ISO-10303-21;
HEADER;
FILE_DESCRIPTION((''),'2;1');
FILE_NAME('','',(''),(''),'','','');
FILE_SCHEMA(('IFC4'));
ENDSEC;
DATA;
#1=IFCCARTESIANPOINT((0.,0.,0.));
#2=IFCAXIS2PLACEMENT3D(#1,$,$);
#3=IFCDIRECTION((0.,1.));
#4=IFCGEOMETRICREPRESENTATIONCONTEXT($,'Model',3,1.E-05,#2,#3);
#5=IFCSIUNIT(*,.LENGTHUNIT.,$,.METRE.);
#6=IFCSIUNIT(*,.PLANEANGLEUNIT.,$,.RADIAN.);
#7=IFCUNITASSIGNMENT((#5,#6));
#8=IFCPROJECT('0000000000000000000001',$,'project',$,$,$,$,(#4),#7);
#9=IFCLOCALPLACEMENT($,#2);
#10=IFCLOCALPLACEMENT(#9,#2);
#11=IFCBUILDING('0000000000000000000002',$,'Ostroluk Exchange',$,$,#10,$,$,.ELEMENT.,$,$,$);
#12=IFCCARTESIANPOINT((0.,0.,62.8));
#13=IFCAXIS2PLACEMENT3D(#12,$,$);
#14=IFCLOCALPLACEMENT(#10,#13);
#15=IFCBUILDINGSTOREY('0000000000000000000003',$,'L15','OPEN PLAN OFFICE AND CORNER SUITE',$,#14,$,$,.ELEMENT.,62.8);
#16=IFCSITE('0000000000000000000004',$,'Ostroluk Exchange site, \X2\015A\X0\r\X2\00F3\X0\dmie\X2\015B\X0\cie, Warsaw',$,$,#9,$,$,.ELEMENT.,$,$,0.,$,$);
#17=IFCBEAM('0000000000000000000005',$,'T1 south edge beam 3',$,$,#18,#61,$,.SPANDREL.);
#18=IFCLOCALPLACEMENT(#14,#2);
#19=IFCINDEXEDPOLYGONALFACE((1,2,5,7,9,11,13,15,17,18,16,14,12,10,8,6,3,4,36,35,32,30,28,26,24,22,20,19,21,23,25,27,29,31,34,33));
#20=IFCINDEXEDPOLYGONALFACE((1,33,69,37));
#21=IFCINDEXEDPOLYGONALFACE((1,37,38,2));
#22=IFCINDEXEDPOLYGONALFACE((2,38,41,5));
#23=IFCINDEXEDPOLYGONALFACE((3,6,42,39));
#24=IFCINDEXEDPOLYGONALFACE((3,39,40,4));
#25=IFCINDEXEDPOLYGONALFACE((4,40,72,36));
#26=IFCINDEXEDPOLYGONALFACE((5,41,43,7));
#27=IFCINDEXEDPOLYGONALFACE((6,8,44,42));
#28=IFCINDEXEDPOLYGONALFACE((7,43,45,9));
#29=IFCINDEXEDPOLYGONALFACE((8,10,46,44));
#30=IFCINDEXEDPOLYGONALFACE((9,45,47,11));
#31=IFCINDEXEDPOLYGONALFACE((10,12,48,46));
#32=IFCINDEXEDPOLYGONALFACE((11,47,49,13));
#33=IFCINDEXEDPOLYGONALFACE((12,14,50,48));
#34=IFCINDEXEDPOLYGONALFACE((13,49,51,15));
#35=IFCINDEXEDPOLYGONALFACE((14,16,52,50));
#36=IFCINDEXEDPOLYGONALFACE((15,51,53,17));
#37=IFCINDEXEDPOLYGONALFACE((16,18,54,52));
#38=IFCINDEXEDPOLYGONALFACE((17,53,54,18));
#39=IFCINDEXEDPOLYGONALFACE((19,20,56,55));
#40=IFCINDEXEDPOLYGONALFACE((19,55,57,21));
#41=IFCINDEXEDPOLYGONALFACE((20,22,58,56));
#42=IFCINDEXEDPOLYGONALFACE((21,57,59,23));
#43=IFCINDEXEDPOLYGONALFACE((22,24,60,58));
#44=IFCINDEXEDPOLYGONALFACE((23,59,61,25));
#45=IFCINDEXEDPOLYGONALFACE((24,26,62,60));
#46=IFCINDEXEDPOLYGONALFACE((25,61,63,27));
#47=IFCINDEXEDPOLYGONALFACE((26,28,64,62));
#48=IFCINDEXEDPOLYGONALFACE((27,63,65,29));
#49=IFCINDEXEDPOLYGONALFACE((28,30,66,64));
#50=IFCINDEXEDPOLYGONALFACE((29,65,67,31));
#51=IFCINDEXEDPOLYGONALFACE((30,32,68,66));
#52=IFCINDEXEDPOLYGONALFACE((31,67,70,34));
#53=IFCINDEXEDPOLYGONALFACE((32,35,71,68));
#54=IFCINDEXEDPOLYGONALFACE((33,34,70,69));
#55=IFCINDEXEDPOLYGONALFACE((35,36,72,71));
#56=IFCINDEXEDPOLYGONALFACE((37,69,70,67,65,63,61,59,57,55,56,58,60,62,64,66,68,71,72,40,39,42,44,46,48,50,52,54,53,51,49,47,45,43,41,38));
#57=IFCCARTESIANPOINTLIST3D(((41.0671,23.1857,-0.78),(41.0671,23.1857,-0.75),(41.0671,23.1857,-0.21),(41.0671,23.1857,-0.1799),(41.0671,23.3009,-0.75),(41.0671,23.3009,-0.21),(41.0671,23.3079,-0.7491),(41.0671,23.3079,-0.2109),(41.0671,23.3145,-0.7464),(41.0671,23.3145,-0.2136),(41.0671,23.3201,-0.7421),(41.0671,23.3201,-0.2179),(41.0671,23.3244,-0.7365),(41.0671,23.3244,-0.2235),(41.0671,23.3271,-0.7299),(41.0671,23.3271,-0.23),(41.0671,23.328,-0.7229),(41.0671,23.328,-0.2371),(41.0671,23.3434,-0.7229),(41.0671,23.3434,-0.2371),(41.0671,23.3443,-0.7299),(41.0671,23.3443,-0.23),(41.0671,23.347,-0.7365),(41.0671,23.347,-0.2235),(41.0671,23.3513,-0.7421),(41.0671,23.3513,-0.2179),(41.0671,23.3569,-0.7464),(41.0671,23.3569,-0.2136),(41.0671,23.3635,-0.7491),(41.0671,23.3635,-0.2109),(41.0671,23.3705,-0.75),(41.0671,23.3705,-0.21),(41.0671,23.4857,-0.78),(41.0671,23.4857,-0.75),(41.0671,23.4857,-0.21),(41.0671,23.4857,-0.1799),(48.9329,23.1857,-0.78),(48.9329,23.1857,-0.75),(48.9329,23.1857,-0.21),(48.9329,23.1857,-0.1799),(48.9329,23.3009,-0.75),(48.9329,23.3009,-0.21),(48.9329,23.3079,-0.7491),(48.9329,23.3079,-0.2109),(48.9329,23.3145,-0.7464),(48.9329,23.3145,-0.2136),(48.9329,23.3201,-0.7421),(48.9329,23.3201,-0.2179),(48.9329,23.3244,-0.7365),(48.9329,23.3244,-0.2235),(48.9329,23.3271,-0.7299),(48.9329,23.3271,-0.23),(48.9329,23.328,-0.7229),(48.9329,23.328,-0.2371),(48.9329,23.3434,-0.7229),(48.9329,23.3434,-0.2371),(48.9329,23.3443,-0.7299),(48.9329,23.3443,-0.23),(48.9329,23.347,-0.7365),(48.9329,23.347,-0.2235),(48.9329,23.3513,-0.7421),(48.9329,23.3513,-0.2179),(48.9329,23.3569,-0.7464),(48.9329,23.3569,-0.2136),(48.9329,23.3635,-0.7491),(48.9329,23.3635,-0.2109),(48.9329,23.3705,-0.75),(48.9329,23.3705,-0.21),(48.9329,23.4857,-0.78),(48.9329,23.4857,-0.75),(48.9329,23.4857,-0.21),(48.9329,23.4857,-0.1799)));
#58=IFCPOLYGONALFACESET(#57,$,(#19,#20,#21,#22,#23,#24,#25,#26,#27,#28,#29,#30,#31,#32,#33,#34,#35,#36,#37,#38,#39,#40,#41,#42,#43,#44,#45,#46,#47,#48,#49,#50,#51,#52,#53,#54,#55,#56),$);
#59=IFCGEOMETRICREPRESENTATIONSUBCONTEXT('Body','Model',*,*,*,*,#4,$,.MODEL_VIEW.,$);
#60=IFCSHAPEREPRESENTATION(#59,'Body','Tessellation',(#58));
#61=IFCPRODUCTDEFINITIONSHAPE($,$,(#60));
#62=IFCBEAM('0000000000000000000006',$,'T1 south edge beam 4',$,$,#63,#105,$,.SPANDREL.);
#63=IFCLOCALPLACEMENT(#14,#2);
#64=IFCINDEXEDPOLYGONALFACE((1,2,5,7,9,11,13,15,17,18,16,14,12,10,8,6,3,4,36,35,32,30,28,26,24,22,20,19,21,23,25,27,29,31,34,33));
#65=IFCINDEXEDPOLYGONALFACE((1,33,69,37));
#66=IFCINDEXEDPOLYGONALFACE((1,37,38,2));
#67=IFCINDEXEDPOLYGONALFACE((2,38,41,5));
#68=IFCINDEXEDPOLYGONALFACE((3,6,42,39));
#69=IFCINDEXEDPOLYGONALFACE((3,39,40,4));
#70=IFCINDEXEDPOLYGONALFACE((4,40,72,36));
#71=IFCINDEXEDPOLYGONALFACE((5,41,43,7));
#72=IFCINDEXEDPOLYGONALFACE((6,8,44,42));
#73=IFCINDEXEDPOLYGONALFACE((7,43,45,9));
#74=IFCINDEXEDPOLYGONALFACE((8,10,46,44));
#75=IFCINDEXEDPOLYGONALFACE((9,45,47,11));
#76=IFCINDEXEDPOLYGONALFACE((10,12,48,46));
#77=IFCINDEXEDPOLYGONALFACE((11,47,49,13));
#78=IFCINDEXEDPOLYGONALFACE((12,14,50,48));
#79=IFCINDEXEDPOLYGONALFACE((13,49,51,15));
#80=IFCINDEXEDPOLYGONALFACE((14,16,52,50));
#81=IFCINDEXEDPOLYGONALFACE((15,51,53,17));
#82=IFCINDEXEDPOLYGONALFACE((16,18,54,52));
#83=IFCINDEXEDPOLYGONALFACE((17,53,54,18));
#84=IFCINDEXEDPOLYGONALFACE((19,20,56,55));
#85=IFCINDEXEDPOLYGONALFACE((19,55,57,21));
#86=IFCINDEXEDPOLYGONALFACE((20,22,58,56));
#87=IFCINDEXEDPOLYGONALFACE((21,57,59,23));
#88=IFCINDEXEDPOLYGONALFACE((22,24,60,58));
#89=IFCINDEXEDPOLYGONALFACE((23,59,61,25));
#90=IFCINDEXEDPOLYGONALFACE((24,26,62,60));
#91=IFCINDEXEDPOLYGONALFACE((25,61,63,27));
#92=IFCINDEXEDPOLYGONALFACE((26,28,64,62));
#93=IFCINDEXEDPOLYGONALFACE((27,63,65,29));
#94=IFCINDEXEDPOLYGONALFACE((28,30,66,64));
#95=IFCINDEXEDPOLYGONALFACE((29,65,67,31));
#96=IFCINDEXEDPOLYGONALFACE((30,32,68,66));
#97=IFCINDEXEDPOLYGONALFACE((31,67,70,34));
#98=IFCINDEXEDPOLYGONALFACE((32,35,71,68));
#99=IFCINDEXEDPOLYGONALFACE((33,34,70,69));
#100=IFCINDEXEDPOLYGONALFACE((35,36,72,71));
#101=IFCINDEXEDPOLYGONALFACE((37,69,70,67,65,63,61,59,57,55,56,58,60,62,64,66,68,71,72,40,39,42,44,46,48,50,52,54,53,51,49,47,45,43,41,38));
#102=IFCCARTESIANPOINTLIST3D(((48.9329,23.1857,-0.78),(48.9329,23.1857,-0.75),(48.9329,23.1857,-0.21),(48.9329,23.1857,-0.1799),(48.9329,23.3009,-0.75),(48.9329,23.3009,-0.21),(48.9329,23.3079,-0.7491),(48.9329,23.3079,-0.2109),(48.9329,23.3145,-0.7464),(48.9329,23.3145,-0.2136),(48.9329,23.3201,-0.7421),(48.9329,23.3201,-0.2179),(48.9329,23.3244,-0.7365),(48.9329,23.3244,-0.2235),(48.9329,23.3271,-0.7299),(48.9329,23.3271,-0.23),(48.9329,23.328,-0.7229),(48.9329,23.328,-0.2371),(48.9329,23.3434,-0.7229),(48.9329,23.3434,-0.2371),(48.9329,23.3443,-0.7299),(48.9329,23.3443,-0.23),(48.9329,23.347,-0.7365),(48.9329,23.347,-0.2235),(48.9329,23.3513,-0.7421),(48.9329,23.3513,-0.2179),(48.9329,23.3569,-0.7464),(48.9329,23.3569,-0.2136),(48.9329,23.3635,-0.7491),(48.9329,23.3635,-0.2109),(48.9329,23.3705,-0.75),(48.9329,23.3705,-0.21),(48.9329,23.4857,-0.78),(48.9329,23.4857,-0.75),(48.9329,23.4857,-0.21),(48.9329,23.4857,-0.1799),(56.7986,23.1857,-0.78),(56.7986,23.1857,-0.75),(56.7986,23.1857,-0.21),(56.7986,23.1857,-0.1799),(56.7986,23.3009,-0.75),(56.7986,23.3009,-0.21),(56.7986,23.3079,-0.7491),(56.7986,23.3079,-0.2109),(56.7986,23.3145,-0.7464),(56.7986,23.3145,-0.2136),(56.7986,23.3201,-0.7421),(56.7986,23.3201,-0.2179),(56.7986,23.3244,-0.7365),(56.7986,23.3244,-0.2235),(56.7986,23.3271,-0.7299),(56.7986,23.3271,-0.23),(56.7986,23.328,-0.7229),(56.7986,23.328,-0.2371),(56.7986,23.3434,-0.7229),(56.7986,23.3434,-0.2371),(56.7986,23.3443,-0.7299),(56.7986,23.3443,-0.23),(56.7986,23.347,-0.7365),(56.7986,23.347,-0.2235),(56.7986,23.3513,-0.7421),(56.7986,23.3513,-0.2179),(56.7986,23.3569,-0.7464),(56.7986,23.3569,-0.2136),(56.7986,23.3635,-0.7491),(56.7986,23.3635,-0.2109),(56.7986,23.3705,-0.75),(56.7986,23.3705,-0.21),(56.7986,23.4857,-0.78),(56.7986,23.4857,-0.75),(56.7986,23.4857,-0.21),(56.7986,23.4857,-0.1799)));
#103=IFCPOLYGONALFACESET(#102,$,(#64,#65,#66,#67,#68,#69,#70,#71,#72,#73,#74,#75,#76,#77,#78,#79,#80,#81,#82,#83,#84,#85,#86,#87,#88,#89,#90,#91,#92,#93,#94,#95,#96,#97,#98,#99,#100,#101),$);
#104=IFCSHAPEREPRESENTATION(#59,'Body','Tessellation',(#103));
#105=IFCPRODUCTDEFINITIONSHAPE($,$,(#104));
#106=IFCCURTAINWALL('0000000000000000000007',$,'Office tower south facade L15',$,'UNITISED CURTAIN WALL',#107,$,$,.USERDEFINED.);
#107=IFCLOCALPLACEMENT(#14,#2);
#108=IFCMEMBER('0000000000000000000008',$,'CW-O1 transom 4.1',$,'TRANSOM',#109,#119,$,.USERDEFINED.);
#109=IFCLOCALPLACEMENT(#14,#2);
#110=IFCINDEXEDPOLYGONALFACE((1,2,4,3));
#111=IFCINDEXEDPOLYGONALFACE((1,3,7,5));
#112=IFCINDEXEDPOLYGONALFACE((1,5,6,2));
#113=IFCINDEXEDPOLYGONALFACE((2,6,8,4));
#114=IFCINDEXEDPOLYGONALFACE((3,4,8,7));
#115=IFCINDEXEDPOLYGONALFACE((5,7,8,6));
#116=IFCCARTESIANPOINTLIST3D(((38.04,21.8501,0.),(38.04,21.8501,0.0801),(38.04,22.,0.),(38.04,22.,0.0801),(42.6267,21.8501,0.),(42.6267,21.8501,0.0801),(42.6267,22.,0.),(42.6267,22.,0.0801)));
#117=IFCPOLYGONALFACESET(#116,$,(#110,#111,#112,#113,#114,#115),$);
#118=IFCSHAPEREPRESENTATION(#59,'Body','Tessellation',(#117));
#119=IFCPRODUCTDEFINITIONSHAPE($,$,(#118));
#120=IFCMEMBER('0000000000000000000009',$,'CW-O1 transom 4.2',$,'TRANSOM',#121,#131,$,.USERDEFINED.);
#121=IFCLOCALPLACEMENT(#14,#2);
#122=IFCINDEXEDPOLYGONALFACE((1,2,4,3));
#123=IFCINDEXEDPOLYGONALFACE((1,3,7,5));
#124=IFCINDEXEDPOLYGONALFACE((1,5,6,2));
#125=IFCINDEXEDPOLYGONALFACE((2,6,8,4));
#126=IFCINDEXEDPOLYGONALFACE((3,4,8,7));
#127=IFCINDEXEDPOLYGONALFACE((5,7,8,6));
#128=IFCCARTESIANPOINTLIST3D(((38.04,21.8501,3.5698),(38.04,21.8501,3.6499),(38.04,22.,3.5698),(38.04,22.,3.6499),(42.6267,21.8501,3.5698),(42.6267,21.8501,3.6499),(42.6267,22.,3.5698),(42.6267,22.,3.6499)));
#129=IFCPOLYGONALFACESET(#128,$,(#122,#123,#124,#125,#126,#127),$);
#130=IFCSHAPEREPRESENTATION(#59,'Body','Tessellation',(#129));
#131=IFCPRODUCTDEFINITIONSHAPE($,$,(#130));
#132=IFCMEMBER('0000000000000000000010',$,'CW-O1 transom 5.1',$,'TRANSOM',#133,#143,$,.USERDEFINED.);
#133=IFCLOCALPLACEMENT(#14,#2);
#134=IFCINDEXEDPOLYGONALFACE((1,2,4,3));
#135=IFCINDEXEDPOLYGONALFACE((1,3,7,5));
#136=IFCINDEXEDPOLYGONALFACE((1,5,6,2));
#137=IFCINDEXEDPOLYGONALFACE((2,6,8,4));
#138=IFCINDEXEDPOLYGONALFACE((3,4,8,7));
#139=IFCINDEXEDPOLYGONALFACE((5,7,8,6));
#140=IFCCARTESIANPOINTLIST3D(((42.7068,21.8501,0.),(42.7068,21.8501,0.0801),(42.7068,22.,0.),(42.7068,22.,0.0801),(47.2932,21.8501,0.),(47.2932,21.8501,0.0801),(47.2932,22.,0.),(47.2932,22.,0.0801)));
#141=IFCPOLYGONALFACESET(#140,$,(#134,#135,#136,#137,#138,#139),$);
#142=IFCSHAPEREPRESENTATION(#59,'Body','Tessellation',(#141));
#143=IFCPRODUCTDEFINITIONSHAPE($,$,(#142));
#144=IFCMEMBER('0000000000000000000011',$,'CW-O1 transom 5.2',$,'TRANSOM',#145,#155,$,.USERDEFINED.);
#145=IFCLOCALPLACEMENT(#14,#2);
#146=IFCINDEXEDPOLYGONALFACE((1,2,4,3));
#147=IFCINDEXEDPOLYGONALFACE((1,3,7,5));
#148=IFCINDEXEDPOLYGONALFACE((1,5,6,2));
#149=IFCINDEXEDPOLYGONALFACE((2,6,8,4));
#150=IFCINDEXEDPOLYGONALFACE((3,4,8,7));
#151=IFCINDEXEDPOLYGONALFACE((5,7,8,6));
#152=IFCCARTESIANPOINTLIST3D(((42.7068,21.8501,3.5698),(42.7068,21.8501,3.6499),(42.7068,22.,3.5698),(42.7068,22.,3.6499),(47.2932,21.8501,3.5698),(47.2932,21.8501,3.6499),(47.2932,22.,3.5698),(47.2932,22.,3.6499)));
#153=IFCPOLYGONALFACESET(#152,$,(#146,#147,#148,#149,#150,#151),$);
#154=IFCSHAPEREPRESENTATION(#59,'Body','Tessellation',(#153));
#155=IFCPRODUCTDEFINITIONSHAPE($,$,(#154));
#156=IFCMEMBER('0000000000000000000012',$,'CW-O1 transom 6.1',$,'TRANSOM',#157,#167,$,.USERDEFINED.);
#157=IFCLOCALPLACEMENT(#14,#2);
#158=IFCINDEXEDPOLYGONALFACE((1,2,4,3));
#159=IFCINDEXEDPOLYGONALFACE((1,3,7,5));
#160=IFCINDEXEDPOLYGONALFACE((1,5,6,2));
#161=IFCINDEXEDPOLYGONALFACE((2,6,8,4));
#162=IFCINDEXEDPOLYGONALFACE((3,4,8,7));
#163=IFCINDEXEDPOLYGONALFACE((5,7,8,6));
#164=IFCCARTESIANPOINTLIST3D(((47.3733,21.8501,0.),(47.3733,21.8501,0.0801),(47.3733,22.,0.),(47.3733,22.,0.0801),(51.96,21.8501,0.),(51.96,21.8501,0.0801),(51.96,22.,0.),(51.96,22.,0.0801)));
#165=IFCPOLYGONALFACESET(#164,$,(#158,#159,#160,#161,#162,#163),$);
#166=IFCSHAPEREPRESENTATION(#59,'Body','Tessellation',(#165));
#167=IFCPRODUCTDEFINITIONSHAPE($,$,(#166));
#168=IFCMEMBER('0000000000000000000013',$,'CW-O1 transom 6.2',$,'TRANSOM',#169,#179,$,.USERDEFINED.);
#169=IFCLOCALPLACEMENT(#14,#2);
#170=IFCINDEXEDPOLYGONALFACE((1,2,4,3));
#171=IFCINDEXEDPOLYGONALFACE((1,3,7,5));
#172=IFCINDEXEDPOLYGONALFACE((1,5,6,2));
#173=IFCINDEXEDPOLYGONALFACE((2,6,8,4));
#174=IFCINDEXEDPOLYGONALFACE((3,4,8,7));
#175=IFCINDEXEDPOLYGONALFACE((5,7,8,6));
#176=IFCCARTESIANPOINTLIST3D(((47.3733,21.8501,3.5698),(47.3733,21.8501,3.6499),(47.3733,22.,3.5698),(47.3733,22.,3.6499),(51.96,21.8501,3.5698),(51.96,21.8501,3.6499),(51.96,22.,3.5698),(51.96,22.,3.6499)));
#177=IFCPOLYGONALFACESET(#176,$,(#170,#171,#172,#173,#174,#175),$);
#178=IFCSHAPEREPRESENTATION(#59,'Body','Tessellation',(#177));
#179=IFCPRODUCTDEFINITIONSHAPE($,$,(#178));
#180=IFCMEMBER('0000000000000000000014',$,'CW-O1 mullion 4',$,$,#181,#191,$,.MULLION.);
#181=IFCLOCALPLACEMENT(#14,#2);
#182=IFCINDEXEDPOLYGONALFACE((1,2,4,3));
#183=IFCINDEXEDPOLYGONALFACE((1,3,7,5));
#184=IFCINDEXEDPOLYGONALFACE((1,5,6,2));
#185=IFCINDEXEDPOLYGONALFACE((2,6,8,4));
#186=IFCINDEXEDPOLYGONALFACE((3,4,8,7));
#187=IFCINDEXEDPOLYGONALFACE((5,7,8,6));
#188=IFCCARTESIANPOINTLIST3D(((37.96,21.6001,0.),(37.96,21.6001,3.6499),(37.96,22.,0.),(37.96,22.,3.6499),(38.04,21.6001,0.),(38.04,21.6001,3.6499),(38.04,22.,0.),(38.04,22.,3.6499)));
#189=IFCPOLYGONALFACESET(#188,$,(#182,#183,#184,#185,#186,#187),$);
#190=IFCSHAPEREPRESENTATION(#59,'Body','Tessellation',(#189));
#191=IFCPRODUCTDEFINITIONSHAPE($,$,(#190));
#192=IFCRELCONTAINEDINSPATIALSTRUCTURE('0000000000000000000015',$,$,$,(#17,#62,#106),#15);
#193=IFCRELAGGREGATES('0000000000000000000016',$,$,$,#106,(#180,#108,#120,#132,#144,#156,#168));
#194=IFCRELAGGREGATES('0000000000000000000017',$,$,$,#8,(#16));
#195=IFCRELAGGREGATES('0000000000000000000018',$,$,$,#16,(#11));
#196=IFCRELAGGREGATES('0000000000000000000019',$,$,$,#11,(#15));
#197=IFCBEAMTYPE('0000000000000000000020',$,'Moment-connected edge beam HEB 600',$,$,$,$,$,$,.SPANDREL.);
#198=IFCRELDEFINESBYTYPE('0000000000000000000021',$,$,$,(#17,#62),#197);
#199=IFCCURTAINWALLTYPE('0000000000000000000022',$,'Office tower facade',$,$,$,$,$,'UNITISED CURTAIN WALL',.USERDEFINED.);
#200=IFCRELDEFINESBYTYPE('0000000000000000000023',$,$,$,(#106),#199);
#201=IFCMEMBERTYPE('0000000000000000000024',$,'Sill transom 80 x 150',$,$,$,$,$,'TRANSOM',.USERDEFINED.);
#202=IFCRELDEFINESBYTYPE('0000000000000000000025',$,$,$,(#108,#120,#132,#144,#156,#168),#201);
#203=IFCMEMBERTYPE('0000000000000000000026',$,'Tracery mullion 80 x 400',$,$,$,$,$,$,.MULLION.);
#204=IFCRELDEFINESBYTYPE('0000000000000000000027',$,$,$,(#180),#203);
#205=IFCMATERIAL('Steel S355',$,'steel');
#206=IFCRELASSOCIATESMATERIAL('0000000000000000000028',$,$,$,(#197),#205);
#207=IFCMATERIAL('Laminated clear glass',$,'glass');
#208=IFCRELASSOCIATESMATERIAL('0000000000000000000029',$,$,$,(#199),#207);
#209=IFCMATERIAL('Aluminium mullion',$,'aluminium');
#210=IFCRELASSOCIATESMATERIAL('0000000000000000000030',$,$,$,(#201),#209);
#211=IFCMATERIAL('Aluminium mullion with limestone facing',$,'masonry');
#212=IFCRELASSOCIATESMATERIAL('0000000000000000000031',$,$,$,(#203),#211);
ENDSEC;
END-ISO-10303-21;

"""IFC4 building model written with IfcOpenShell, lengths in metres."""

from ifc_helpers import new_model, si_unit, direction, frame, origin, origin_2d, place, context, subcontext, project, spatial, rectangle, i_section, extrude, material, material_profile, profile_set, type_object, element, aggregate, save


model = new_model("IFC4")

# Units and contexts
model_context = context("Model", 3, precision=1e-05, world=origin(), true_north=direction((0.0, 1.0)))
body_context = subcontext(model_context, "Body", "Model", "MODEL_VIEW")
ifc_project = project(units=[si_unit("LENGTHUNIT", "METRE"), si_unit("PLANEANGLEUNIT", "RADIAN")], contexts=[model_context])

# Site, building, storey
site_placement = place(None, origin())
site = spatial("IfcSite", under=ifc_project, at=site_placement, Name="Ostroluk Exchange site, Śródmieście, Warsaw", CompositionType="ELEMENT", RefElevation=0.0)
building_placement = place(site_placement, origin())
building = spatial("IfcBuilding", under=site, at=building_placement, Name="Ostroluk Exchange", CompositionType="ELEMENT")
storey_placement = place(building_placement, frame((0.0, 0.0, 62.8)))
storey = spatial("IfcBuildingStorey", under=building, at=storey_placement, Name="L15", Description="OPEN PLAN OFFICE AND CORNER SUITE", CompositionType="ELEMENT", Elevation=62.8)

# Beams
ifc_material_1 = material(Name="Steel S355", Category="steel")
ifc_material_profile_1 = material_profile(ifc_material_1, i_section(OverallWidth=0.3, OverallDepth=0.6001, WebThickness=0.0154, FlangeThickness=0.03, FilletRadius=0.0271, at=origin_2d()), Name="HEB 600")
ifc_profile_set_1 = profile_set([ifc_material_profile_1], Name="Steel S355")
beam_type = type_object("IfcBeamType", Name="Moment-connected edge beam HEB 600", PredefinedType="SPANDREL", material=ifc_profile_set_1)
for number, where, z_axis, x_axis, name in (
    (1, (41.0671, 23.3357, -0.48), (1.0, 0.0, 0.0), (0.0, 1.0, 0.0), "T1 south edge beam 3"),
    (2, (48.9329, 23.3357, -0.48), (1.0, 0.0, 0.0), (0.0, 1.0, 0.0), "T1 south edge beam 4"),
):
    element("IfcBeam", number, at=place(storey_placement, frame(where, z_axis=z_axis, x_axis=x_axis)), inside=storey, type_object=beam_type, Name=name, PredefinedType="SPANDREL", context=body_context, shape_type="SweptSolid", body=[
        extrude(i_section(OverallWidth=0.3, OverallDepth=0.6001, WebThickness=0.0154, FlangeThickness=0.03, FilletRadius=0.0271, at=origin_2d()), origin(), (0.0, 0.0, 1.0), 7.8657),
    ])

# Curtain wall, members
ifc_material_2 = material(Name="Laminated clear glass", Category="glass")
curtain_wall_type = type_object("IfcCurtainWallType", Name="Office tower facade", ElementType="UNITISED CURTAIN WALL", PredefinedType="USERDEFINED", material=ifc_material_2)
curtain_wall_placement = place(storey_placement, origin())
curtain_wall = element("IfcCurtainWall", 3, at=curtain_wall_placement, inside=storey, type_object=curtain_wall_type, Name="Office tower south facade L15", ObjectType="UNITISED CURTAIN WALL", PredefinedType="USERDEFINED")
ifc_material_3 = material(Name="Aluminium mullion", Category="aluminium")
ifc_material_profile_2 = material_profile(ifc_material_3, rectangle(XDim=0.1499, YDim=0.0801, at=origin_2d()), Name="Sill transom 80 x 150")
ifc_profile_set_2 = profile_set([ifc_material_profile_2], Name="Aluminium mullion")
member_type_1 = type_object("IfcMemberType", Name="Sill transom 80 x 150", ElementType="TRANSOM", PredefinedType="USERDEFINED", material=ifc_profile_set_2)
member_1_placement = place(storey_placement, frame((38.04, 21.925, 0.04), z_axis=(1.0, 0.0, 0.0), x_axis=(0.0, 1.0, 0.0)))
member_1 = element("IfcMember", 4, at=member_1_placement, type_object=member_type_1, Name="CW-O1 transom 4.1", ObjectType="TRANSOM", PredefinedType="USERDEFINED", context=body_context, shape_type="SweptSolid", body=[
    extrude(rectangle(XDim=0.1499, YDim=0.0801, at=origin_2d()), origin(), (0.0, 0.0, 1.0), 4.5867),
])
member_2_placement = place(storey_placement, frame((38.04, 21.925, 3.6099), z_axis=(1.0, 0.0, 0.0), x_axis=(0.0, 1.0, 0.0)))
member_2 = element("IfcMember", 5, at=member_2_placement, type_object=member_type_1, Name="CW-O1 transom 4.2", ObjectType="TRANSOM", PredefinedType="USERDEFINED", context=body_context, shape_type="SweptSolid", body=[
    extrude(rectangle(XDim=0.1499, YDim=0.0801, at=origin_2d()), origin(), (0.0, 0.0, 1.0), 4.5867),
])
member_3_placement = place(storey_placement, frame((42.7068, 21.925, 0.04), z_axis=(1.0, 0.0, 0.0), x_axis=(0.0, 1.0, 0.0)))
member_3 = element("IfcMember", 6, at=member_3_placement, type_object=member_type_1, Name="CW-O1 transom 5.1", ObjectType="TRANSOM", PredefinedType="USERDEFINED", context=body_context, shape_type="SweptSolid", body=[
    extrude(rectangle(XDim=0.1499, YDim=0.0801, at=origin_2d()), origin(), (0.0, 0.0, 1.0), 4.5864),
])
member_4_placement = place(storey_placement, frame((42.7068, 21.925, 3.6099), z_axis=(1.0, 0.0, 0.0), x_axis=(0.0, 1.0, 0.0)))
member_4 = element("IfcMember", 7, at=member_4_placement, type_object=member_type_1, Name="CW-O1 transom 5.2", ObjectType="TRANSOM", PredefinedType="USERDEFINED", context=body_context, shape_type="SweptSolid", body=[
    extrude(rectangle(XDim=0.1499, YDim=0.0801, at=origin_2d()), origin(), (0.0, 0.0, 1.0), 4.5864),
])
member_5_placement = place(storey_placement, frame((47.3733, 21.925, 0.04), z_axis=(1.0, 0.0, 0.0), x_axis=(0.0, 1.0, 0.0)))
member_5 = element("IfcMember", 8, at=member_5_placement, type_object=member_type_1, Name="CW-O1 transom 6.1", ObjectType="TRANSOM", PredefinedType="USERDEFINED", context=body_context, shape_type="SweptSolid", body=[
    extrude(rectangle(XDim=0.1499, YDim=0.0801, at=origin_2d()), origin(), (0.0, 0.0, 1.0), 4.5867),
])
member_6_placement = place(storey_placement, frame((47.3733, 21.925, 3.6099), z_axis=(1.0, 0.0, 0.0), x_axis=(0.0, 1.0, 0.0)))
member_6 = element("IfcMember", 9, at=member_6_placement, type_object=member_type_1, Name="CW-O1 transom 6.2", ObjectType="TRANSOM", PredefinedType="USERDEFINED", context=body_context, shape_type="SweptSolid", body=[
    extrude(rectangle(XDim=0.1499, YDim=0.0801, at=origin_2d()), origin(), (0.0, 0.0, 1.0), 4.5867),
])
ifc_material_4 = material(Name="Aluminium mullion with limestone facing", Category="masonry")
ifc_material_profile_3 = material_profile(ifc_material_4, rectangle(XDim=0.3999, YDim=0.0801, at=origin_2d()), Name="Tracery mullion 80 x 400")
ifc_profile_set_3 = profile_set([ifc_material_profile_3], Name="Aluminium mullion with limestone facing")
member_type_2 = type_object("IfcMemberType", Name="Tracery mullion 80 x 400", PredefinedType="MULLION", material=ifc_profile_set_3)
member_7_placement = place(storey_placement, frame((38.0, 21.8, 0.0), z_axis=(0.0, 0.0, 1.0), x_axis=(0.0, 1.0, 0.0)))
member_7 = element("IfcMember", 10, at=member_7_placement, type_object=member_type_2, Name="CW-O1 mullion 4", PredefinedType="MULLION", context=body_context, shape_type="SweptSolid", body=[
    extrude(rectangle(XDim=0.3999, YDim=0.0801, at=origin_2d()), origin(), (0.0, 0.0, 1.0), 3.6499),
])
aggregate(curtain_wall, [member_7, member_1, member_2, member_3, member_4, member_5, member_6])

save(model, "model.ifc")
